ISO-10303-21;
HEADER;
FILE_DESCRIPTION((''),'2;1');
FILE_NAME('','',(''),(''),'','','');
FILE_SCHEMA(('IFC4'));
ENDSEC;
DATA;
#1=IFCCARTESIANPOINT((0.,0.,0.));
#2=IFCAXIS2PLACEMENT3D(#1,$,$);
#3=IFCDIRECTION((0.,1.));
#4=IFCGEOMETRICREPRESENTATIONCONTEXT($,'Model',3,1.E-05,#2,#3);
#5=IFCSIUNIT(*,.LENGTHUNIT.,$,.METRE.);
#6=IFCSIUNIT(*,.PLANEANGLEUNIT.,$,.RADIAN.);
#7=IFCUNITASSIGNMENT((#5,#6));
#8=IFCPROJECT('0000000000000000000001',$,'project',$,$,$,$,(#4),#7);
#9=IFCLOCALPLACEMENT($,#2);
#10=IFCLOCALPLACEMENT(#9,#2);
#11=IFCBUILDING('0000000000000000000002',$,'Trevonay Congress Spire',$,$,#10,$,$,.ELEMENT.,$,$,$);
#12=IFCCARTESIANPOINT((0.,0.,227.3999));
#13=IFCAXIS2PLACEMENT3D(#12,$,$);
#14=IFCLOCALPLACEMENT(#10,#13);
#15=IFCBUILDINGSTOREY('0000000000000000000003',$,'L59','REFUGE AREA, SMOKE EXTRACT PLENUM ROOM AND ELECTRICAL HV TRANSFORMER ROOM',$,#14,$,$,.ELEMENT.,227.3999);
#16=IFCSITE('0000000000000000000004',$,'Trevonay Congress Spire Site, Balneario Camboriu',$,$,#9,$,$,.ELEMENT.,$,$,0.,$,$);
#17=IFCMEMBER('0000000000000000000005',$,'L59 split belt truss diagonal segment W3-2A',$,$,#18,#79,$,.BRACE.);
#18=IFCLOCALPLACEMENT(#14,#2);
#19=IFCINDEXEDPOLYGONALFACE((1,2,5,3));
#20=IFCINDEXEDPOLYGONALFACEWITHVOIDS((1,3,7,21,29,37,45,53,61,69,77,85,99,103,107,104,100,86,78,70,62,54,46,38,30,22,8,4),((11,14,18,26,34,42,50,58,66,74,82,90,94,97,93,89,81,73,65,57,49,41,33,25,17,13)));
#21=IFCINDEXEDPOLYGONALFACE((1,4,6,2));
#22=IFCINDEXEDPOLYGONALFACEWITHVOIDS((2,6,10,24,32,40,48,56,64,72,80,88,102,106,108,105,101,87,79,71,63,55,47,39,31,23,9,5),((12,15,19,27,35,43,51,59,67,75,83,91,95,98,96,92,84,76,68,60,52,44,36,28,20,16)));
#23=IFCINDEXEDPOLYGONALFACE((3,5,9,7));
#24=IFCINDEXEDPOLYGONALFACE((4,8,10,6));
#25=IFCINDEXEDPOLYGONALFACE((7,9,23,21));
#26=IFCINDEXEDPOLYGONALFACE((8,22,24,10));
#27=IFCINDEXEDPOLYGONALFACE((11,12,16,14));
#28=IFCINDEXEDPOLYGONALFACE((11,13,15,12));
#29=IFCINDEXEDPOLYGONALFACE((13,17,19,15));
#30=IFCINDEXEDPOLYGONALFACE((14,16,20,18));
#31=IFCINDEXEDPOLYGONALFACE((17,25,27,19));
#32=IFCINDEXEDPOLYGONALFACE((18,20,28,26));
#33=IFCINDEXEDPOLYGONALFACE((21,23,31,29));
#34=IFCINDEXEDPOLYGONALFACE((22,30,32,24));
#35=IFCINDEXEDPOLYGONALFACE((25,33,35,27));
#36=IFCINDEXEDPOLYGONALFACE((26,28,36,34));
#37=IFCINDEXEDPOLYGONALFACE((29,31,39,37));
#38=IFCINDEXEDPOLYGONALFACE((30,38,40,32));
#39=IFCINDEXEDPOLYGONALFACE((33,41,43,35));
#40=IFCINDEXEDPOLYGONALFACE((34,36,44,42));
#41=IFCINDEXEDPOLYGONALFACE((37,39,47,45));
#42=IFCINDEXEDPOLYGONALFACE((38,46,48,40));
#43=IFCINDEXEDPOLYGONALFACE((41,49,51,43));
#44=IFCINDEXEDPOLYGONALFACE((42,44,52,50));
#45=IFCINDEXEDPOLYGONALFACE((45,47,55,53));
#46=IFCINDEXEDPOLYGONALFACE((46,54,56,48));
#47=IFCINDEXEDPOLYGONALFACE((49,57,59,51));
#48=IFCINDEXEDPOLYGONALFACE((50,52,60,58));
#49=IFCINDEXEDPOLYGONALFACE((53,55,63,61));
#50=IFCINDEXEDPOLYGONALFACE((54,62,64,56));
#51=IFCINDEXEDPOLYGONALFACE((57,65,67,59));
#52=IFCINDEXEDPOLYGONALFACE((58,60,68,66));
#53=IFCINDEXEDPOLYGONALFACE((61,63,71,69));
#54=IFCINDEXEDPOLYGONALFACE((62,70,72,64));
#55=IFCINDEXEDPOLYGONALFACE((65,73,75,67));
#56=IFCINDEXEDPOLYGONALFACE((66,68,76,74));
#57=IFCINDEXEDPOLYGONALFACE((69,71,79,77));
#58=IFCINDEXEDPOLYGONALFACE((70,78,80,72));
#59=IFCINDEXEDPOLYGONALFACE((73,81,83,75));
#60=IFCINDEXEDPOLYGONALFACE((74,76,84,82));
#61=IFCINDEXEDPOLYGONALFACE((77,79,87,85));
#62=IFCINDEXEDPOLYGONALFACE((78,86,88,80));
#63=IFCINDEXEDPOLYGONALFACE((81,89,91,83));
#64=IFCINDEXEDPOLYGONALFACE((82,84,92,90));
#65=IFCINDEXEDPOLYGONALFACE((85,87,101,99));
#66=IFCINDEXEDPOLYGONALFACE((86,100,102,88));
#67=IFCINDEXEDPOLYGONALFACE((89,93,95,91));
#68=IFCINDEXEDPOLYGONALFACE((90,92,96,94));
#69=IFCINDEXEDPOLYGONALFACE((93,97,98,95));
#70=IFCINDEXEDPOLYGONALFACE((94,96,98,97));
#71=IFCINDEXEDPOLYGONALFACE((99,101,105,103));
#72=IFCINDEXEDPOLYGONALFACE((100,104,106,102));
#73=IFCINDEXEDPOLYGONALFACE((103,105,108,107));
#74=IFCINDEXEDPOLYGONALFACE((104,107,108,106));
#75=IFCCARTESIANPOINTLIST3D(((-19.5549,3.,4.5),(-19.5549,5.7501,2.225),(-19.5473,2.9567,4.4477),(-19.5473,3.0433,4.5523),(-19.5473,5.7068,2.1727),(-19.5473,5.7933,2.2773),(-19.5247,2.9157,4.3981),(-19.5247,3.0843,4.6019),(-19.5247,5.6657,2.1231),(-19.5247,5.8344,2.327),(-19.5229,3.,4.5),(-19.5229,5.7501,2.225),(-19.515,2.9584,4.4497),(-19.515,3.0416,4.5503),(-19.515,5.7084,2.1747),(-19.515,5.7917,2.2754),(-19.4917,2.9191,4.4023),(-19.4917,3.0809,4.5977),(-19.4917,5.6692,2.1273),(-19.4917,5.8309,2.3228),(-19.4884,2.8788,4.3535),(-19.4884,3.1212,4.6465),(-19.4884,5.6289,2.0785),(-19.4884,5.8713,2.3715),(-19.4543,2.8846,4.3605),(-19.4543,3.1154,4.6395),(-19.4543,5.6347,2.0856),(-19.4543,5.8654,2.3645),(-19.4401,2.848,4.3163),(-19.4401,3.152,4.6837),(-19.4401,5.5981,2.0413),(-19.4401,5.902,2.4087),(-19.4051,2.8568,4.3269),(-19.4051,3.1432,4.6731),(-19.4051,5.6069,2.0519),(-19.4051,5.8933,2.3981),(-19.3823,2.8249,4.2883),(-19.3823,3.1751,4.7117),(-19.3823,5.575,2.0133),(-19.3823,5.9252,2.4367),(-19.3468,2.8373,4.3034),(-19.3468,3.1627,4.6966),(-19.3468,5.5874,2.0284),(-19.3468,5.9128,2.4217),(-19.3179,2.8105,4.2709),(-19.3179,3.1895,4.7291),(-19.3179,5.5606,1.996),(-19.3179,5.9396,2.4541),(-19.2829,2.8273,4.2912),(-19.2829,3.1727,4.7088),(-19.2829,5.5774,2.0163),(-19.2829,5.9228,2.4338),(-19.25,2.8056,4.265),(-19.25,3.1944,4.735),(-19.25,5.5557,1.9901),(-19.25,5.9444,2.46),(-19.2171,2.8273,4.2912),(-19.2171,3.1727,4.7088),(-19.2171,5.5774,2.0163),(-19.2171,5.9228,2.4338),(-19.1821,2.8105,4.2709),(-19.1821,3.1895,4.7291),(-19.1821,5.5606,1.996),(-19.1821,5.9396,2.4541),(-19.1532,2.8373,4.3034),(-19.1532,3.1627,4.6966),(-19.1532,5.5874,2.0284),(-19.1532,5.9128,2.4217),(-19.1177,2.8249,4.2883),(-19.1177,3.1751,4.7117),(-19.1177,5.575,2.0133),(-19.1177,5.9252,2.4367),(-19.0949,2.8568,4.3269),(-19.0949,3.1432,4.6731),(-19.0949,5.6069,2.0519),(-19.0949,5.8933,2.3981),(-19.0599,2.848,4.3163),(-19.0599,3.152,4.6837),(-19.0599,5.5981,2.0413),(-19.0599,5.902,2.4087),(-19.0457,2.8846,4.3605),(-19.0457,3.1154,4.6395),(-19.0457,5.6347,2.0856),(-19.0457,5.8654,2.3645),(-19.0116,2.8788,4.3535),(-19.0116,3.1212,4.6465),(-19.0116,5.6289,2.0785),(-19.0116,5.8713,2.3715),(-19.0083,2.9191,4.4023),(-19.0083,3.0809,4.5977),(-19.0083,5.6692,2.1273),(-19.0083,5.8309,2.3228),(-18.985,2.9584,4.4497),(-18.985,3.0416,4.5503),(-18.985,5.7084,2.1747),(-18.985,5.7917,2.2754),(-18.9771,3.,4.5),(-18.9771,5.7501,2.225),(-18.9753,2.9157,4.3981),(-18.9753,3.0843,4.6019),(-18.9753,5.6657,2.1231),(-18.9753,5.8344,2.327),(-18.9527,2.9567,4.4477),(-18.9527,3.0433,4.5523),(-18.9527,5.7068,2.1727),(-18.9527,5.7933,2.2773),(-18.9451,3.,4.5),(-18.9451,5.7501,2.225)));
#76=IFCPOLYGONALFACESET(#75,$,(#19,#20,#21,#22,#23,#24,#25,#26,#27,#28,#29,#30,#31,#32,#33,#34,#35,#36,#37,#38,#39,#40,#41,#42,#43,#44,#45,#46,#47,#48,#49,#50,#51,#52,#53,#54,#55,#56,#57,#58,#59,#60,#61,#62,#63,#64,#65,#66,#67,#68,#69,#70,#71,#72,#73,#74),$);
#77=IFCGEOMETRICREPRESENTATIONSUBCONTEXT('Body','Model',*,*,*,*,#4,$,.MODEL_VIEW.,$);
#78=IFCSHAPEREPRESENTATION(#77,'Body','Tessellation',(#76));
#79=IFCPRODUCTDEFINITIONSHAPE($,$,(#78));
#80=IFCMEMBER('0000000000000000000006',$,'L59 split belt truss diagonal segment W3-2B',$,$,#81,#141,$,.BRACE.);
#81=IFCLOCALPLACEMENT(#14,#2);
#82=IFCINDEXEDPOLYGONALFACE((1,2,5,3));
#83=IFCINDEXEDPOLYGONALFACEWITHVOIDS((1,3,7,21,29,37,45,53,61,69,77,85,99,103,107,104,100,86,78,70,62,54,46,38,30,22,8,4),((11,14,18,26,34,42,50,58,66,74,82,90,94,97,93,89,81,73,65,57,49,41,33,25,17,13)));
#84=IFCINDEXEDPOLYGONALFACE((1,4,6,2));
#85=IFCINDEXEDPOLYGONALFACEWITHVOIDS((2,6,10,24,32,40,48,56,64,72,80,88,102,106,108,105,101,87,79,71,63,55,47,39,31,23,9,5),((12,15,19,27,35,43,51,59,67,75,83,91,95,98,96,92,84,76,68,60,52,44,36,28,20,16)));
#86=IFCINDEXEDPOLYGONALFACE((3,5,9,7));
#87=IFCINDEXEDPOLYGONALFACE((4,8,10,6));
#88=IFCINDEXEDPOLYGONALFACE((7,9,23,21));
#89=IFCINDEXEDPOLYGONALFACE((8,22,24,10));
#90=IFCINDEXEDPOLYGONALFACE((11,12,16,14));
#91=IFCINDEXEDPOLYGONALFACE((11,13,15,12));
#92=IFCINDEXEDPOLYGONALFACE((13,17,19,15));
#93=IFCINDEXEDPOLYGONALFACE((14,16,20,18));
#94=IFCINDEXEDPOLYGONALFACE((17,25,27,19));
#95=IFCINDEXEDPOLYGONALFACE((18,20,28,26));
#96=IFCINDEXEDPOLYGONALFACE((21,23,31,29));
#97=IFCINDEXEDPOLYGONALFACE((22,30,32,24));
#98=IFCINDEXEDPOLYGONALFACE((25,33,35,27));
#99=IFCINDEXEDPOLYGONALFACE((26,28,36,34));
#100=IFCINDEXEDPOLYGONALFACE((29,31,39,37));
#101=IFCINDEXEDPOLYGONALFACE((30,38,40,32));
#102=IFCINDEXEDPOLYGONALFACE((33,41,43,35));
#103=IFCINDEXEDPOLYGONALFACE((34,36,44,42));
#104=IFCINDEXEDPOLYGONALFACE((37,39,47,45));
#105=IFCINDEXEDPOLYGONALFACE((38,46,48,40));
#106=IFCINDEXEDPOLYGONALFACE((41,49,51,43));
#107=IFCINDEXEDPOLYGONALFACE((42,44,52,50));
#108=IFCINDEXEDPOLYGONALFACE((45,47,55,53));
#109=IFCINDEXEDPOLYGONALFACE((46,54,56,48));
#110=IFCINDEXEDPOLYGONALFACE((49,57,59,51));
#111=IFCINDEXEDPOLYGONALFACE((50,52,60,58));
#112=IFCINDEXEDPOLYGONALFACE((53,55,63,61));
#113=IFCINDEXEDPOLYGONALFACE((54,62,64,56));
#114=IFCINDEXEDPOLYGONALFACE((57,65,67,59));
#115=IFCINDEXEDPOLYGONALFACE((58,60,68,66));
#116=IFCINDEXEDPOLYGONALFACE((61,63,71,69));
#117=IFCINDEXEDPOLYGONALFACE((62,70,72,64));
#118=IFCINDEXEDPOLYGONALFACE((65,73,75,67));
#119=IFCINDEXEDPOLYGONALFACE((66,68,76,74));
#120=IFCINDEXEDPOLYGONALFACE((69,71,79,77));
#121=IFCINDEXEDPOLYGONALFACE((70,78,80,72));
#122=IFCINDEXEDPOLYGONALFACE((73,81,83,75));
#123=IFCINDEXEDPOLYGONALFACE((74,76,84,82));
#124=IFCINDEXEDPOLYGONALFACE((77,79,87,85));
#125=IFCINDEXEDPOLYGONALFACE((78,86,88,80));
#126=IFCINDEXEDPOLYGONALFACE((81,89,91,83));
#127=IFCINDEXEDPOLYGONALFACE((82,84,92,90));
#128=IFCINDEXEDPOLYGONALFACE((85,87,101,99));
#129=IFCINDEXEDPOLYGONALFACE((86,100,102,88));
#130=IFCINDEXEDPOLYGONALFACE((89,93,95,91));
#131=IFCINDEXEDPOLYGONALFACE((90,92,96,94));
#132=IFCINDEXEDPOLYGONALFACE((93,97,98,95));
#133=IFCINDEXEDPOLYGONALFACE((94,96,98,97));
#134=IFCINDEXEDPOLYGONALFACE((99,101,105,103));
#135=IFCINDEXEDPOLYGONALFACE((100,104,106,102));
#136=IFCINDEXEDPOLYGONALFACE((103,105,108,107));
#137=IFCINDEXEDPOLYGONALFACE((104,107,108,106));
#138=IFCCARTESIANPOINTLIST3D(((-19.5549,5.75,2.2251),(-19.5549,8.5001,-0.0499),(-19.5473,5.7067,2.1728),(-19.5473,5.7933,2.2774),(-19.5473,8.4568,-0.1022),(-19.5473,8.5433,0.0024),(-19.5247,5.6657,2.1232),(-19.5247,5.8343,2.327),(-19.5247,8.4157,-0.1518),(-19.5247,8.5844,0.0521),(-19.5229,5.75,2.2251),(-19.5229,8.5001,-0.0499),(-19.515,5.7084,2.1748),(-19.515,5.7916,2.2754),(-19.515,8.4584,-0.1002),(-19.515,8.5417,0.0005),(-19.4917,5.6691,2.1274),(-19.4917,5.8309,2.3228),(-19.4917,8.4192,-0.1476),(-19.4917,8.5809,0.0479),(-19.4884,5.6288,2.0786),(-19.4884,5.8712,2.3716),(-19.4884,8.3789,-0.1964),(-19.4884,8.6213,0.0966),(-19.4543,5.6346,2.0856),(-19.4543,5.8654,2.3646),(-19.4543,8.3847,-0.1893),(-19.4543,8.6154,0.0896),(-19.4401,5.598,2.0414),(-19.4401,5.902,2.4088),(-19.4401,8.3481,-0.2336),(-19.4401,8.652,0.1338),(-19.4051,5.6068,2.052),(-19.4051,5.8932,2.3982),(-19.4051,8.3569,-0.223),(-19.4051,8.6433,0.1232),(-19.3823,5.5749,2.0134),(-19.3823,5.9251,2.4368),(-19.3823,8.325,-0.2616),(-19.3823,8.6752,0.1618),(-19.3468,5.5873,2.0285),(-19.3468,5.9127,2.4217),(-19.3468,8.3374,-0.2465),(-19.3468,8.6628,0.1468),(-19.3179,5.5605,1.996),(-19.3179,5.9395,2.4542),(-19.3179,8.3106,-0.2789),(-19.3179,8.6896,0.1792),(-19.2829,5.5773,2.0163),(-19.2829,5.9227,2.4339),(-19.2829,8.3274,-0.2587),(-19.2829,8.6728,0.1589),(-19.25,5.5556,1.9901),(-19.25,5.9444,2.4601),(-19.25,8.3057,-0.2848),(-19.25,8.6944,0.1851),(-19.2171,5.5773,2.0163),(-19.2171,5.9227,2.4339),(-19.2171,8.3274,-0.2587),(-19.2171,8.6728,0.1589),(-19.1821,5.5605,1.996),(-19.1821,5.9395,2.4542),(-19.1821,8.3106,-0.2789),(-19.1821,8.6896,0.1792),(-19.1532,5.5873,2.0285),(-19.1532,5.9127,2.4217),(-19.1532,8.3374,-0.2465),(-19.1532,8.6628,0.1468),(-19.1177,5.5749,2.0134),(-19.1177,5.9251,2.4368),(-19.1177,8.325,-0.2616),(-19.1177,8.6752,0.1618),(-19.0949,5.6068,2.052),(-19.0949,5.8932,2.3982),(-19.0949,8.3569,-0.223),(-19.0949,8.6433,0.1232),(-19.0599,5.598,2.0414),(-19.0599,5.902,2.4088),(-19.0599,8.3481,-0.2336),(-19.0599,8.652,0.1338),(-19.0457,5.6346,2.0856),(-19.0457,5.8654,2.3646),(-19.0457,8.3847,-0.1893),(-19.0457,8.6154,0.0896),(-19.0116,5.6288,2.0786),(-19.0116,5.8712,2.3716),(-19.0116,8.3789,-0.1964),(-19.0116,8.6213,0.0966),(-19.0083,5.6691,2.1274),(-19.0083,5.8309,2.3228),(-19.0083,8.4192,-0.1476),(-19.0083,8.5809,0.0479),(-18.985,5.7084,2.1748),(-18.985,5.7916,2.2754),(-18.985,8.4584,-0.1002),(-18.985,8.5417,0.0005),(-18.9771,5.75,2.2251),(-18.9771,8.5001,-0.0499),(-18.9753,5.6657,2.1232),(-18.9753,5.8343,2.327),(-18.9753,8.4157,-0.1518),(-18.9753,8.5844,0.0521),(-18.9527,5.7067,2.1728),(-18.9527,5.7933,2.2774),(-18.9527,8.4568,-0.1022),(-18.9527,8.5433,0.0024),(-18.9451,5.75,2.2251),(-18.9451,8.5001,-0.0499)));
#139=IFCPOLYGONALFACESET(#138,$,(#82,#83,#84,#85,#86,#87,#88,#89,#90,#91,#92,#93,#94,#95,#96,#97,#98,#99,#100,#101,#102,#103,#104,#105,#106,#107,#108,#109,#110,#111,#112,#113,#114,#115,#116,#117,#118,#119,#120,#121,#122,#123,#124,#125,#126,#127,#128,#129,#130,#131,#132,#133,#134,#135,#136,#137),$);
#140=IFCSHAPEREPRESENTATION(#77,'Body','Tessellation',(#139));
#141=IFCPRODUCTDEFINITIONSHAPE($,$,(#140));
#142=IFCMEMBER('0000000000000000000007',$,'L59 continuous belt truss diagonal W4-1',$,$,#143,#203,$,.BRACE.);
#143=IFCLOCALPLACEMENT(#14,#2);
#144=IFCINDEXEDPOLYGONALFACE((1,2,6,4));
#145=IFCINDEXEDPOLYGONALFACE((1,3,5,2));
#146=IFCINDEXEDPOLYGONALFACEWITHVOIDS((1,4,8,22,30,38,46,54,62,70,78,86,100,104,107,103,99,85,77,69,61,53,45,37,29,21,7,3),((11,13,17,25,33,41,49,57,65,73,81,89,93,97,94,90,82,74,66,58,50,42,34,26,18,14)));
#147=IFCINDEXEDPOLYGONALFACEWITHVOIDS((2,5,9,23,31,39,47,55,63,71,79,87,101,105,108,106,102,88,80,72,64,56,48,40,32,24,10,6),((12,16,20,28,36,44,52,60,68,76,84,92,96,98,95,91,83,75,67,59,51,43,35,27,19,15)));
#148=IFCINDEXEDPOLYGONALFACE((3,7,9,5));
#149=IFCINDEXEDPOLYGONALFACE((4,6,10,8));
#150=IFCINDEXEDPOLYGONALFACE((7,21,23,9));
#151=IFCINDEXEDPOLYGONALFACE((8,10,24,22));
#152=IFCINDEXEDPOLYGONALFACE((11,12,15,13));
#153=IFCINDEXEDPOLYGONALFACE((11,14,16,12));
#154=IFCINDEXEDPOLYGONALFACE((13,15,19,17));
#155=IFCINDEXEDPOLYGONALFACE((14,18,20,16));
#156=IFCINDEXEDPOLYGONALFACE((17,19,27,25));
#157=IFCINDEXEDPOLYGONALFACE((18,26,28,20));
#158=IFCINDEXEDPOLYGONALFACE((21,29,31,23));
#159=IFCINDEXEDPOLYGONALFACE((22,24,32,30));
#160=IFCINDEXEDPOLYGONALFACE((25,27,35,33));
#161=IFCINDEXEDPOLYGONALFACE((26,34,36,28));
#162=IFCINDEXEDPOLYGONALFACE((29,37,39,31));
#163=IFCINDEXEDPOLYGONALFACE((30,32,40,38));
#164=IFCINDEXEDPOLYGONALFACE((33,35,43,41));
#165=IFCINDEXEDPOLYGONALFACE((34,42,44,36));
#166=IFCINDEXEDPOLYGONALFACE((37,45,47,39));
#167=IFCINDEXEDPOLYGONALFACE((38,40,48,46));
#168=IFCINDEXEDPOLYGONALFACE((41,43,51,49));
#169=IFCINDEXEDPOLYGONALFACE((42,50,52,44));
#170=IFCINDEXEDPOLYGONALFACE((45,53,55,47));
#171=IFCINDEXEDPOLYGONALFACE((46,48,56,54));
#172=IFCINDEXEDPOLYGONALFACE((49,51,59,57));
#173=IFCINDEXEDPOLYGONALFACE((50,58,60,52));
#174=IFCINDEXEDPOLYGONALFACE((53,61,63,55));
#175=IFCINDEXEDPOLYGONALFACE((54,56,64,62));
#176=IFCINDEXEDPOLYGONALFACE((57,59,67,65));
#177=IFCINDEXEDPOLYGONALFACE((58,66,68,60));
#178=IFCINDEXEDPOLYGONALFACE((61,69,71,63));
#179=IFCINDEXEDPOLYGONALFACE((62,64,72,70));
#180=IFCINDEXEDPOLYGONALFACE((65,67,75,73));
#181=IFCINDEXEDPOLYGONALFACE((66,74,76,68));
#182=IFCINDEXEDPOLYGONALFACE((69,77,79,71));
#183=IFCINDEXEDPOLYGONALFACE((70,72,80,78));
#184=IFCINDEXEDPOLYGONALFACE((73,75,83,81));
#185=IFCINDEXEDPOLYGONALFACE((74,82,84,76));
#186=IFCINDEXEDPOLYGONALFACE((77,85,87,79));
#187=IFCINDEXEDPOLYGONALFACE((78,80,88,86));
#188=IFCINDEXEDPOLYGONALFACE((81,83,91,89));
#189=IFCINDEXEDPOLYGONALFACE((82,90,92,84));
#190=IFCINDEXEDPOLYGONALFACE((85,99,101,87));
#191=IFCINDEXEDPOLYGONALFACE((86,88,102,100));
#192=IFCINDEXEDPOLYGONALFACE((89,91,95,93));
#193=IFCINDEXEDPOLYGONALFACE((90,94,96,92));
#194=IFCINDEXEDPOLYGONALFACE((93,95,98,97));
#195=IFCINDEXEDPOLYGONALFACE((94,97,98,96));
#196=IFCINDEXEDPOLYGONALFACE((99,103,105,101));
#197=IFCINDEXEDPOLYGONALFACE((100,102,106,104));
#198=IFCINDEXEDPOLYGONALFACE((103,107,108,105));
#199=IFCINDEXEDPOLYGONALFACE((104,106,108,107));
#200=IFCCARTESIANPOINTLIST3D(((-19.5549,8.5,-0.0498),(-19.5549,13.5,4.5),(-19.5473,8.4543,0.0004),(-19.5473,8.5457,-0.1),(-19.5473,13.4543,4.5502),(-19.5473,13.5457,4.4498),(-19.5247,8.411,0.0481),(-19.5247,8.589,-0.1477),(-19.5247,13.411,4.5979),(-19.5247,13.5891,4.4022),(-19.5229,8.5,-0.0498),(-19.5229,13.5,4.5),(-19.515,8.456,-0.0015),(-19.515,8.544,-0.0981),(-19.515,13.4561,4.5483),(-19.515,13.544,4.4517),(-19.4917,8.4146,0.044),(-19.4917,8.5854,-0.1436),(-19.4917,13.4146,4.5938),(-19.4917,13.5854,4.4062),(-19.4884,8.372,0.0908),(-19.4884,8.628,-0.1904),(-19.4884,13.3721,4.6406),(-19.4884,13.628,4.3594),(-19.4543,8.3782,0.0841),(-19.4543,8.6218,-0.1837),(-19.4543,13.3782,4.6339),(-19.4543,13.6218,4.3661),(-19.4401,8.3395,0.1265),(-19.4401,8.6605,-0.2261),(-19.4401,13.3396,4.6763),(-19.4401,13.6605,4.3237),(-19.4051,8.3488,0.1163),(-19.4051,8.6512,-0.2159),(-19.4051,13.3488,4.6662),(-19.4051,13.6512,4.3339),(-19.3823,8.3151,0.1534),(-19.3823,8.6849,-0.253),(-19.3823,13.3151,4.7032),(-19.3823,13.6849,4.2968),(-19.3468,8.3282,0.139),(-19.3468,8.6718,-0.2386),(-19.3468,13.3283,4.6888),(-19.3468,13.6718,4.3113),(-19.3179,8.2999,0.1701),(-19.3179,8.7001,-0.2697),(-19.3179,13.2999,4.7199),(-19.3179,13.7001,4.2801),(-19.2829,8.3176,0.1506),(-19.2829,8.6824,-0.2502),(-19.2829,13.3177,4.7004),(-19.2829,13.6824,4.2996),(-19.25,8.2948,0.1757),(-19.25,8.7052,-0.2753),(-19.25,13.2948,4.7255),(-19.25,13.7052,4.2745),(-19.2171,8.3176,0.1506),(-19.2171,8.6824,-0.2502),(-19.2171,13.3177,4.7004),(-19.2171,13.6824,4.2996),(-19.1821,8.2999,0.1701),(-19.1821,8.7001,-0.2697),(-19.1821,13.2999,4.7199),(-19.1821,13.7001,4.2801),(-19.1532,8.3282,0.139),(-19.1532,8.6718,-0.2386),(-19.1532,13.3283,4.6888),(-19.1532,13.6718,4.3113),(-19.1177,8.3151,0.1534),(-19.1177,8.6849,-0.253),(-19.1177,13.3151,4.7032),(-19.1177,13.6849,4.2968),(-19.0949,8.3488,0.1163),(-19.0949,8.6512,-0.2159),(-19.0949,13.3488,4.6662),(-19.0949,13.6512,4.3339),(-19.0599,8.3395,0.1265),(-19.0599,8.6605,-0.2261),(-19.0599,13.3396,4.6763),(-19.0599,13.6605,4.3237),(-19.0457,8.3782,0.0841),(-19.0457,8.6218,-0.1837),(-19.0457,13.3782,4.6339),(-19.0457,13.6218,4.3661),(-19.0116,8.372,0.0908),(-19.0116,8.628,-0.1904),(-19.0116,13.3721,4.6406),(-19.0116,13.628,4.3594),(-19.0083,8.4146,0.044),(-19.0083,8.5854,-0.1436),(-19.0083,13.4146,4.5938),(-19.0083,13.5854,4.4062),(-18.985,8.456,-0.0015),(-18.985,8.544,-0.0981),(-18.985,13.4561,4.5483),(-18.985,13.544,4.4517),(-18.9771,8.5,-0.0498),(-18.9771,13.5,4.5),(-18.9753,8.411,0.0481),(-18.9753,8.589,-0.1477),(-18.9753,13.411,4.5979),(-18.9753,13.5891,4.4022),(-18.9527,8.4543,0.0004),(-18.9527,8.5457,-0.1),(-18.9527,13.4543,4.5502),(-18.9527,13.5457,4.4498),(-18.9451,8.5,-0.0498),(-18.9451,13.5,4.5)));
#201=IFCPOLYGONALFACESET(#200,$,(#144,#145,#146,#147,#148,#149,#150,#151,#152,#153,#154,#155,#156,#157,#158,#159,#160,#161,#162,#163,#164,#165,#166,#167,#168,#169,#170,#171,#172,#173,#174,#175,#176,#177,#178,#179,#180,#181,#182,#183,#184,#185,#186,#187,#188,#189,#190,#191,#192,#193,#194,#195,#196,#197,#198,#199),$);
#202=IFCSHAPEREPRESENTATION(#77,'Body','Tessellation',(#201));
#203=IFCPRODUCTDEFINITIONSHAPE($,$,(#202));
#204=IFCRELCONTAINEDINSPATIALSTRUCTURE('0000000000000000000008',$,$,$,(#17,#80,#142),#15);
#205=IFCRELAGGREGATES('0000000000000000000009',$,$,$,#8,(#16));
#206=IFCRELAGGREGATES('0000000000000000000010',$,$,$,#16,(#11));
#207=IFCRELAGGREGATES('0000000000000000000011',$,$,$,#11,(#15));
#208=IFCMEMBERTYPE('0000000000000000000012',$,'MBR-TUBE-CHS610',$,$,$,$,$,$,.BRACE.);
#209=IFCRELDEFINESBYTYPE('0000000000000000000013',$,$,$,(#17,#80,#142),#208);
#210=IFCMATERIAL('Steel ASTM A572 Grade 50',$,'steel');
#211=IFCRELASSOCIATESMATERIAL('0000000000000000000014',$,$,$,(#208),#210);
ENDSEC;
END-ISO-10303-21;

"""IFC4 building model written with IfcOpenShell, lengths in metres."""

from ifc_helpers import new_model, si_unit, direction, frame, origin, origin_2d, place, context, subcontext, project, spatial, hollow_circle, extrude, material, material_profile, profile_set, type_object, element, save


model = new_model("IFC4")

# Units and contexts
model_context = context("Model", 3, precision=1e-05, world=origin(), true_north=direction((0.0, 1.0)))
body_context = subcontext(model_context, "Body", "Model", "MODEL_VIEW")
ifc_project = project(units=[si_unit("LENGTHUNIT", "METRE"), si_unit("PLANEANGLEUNIT", "RADIAN")], contexts=[model_context])

# Site, building, storey
site_placement = place(None, origin())
site = spatial("IfcSite", under=ifc_project, at=site_placement, Name="Trevonay Congress Spire Site, Balneario Camboriu", CompositionType="ELEMENT", RefElevation=0.0)
building_placement = place(site_placement, origin())
building = spatial("IfcBuilding", under=site, at=building_placement, Name="Trevonay Congress Spire", CompositionType="ELEMENT")
storey_placement = place(building_placement, frame((0.0, 0.0, 227.3999)))
storey = spatial("IfcBuildingStorey", under=building, at=storey_placement, Name="L59", Description="REFUGE AREA, SMOKE EXTRACT PLENUM ROOM AND ELECTRICAL HV TRANSFORMER ROOM", CompositionType="ELEMENT", Elevation=227.3999)

# Shared definitions
ifc_material_1 = material(Name="Steel ASTM A572 Grade 50", Category="steel")

# Members
ifc_material_profile_1 = material_profile(ifc_material_1, hollow_circle(Radius=0.3049, WallThickness=0.032, at=origin_2d()), Name="CHS 610x32")
ifc_profile_set_1 = profile_set([ifc_material_profile_1], Name="Steel ASTM A572 Grade 50")
member_type = type_object("IfcMemberType", Name="MBR-TUBE-CHS610", PredefinedType="BRACE", material=ifc_profile_set_1)
for number, where, z_axis, x_axis, name in (
    (1, (-19.25, 3.0, 4.5), (0.0, 0.770526, -0.637408), (-1.0, 0.0, 0.0), "L59 split belt truss diagonal segment W3-2A"),
    (2, (-19.25, 5.75, 2.2251), (0.0, 0.770526, -0.637408), (-1.0, 0.0, 0.0), "L59 split belt truss diagonal segment W3-2B"),
):
    element("IfcMember", number, at=place(storey_placement, frame(where, z_axis=z_axis, x_axis=x_axis)), inside=storey, type_object=member_type, Name=name, PredefinedType="BRACE", context=body_context, shape_type="SweptSolid", body=[
        extrude(hollow_circle(Radius=0.3049, WallThickness=0.032, at=origin_2d()), origin(), (0.0, 0.0, 1.0), 3.5691),
    ])
member_1_placement = place(storey_placement, frame((-19.25, 8.5, -0.0498), z_axis=(0.0, 0.73962, 0.673025), x_axis=(-1.0, 0.0, 0.0)))
element("IfcMember", 3, at=member_1_placement, inside=storey, type_object=member_type, Name="L59 continuous belt truss diagonal W4-1", PredefinedType="BRACE", context=body_context, shape_type="SweptSolid", body=[
    extrude(hollow_circle(Radius=0.3049, WallThickness=0.032, at=origin_2d()), origin(), (0.0, 0.0, 1.0), 6.7603),
])

save(model, "model.ifc")
